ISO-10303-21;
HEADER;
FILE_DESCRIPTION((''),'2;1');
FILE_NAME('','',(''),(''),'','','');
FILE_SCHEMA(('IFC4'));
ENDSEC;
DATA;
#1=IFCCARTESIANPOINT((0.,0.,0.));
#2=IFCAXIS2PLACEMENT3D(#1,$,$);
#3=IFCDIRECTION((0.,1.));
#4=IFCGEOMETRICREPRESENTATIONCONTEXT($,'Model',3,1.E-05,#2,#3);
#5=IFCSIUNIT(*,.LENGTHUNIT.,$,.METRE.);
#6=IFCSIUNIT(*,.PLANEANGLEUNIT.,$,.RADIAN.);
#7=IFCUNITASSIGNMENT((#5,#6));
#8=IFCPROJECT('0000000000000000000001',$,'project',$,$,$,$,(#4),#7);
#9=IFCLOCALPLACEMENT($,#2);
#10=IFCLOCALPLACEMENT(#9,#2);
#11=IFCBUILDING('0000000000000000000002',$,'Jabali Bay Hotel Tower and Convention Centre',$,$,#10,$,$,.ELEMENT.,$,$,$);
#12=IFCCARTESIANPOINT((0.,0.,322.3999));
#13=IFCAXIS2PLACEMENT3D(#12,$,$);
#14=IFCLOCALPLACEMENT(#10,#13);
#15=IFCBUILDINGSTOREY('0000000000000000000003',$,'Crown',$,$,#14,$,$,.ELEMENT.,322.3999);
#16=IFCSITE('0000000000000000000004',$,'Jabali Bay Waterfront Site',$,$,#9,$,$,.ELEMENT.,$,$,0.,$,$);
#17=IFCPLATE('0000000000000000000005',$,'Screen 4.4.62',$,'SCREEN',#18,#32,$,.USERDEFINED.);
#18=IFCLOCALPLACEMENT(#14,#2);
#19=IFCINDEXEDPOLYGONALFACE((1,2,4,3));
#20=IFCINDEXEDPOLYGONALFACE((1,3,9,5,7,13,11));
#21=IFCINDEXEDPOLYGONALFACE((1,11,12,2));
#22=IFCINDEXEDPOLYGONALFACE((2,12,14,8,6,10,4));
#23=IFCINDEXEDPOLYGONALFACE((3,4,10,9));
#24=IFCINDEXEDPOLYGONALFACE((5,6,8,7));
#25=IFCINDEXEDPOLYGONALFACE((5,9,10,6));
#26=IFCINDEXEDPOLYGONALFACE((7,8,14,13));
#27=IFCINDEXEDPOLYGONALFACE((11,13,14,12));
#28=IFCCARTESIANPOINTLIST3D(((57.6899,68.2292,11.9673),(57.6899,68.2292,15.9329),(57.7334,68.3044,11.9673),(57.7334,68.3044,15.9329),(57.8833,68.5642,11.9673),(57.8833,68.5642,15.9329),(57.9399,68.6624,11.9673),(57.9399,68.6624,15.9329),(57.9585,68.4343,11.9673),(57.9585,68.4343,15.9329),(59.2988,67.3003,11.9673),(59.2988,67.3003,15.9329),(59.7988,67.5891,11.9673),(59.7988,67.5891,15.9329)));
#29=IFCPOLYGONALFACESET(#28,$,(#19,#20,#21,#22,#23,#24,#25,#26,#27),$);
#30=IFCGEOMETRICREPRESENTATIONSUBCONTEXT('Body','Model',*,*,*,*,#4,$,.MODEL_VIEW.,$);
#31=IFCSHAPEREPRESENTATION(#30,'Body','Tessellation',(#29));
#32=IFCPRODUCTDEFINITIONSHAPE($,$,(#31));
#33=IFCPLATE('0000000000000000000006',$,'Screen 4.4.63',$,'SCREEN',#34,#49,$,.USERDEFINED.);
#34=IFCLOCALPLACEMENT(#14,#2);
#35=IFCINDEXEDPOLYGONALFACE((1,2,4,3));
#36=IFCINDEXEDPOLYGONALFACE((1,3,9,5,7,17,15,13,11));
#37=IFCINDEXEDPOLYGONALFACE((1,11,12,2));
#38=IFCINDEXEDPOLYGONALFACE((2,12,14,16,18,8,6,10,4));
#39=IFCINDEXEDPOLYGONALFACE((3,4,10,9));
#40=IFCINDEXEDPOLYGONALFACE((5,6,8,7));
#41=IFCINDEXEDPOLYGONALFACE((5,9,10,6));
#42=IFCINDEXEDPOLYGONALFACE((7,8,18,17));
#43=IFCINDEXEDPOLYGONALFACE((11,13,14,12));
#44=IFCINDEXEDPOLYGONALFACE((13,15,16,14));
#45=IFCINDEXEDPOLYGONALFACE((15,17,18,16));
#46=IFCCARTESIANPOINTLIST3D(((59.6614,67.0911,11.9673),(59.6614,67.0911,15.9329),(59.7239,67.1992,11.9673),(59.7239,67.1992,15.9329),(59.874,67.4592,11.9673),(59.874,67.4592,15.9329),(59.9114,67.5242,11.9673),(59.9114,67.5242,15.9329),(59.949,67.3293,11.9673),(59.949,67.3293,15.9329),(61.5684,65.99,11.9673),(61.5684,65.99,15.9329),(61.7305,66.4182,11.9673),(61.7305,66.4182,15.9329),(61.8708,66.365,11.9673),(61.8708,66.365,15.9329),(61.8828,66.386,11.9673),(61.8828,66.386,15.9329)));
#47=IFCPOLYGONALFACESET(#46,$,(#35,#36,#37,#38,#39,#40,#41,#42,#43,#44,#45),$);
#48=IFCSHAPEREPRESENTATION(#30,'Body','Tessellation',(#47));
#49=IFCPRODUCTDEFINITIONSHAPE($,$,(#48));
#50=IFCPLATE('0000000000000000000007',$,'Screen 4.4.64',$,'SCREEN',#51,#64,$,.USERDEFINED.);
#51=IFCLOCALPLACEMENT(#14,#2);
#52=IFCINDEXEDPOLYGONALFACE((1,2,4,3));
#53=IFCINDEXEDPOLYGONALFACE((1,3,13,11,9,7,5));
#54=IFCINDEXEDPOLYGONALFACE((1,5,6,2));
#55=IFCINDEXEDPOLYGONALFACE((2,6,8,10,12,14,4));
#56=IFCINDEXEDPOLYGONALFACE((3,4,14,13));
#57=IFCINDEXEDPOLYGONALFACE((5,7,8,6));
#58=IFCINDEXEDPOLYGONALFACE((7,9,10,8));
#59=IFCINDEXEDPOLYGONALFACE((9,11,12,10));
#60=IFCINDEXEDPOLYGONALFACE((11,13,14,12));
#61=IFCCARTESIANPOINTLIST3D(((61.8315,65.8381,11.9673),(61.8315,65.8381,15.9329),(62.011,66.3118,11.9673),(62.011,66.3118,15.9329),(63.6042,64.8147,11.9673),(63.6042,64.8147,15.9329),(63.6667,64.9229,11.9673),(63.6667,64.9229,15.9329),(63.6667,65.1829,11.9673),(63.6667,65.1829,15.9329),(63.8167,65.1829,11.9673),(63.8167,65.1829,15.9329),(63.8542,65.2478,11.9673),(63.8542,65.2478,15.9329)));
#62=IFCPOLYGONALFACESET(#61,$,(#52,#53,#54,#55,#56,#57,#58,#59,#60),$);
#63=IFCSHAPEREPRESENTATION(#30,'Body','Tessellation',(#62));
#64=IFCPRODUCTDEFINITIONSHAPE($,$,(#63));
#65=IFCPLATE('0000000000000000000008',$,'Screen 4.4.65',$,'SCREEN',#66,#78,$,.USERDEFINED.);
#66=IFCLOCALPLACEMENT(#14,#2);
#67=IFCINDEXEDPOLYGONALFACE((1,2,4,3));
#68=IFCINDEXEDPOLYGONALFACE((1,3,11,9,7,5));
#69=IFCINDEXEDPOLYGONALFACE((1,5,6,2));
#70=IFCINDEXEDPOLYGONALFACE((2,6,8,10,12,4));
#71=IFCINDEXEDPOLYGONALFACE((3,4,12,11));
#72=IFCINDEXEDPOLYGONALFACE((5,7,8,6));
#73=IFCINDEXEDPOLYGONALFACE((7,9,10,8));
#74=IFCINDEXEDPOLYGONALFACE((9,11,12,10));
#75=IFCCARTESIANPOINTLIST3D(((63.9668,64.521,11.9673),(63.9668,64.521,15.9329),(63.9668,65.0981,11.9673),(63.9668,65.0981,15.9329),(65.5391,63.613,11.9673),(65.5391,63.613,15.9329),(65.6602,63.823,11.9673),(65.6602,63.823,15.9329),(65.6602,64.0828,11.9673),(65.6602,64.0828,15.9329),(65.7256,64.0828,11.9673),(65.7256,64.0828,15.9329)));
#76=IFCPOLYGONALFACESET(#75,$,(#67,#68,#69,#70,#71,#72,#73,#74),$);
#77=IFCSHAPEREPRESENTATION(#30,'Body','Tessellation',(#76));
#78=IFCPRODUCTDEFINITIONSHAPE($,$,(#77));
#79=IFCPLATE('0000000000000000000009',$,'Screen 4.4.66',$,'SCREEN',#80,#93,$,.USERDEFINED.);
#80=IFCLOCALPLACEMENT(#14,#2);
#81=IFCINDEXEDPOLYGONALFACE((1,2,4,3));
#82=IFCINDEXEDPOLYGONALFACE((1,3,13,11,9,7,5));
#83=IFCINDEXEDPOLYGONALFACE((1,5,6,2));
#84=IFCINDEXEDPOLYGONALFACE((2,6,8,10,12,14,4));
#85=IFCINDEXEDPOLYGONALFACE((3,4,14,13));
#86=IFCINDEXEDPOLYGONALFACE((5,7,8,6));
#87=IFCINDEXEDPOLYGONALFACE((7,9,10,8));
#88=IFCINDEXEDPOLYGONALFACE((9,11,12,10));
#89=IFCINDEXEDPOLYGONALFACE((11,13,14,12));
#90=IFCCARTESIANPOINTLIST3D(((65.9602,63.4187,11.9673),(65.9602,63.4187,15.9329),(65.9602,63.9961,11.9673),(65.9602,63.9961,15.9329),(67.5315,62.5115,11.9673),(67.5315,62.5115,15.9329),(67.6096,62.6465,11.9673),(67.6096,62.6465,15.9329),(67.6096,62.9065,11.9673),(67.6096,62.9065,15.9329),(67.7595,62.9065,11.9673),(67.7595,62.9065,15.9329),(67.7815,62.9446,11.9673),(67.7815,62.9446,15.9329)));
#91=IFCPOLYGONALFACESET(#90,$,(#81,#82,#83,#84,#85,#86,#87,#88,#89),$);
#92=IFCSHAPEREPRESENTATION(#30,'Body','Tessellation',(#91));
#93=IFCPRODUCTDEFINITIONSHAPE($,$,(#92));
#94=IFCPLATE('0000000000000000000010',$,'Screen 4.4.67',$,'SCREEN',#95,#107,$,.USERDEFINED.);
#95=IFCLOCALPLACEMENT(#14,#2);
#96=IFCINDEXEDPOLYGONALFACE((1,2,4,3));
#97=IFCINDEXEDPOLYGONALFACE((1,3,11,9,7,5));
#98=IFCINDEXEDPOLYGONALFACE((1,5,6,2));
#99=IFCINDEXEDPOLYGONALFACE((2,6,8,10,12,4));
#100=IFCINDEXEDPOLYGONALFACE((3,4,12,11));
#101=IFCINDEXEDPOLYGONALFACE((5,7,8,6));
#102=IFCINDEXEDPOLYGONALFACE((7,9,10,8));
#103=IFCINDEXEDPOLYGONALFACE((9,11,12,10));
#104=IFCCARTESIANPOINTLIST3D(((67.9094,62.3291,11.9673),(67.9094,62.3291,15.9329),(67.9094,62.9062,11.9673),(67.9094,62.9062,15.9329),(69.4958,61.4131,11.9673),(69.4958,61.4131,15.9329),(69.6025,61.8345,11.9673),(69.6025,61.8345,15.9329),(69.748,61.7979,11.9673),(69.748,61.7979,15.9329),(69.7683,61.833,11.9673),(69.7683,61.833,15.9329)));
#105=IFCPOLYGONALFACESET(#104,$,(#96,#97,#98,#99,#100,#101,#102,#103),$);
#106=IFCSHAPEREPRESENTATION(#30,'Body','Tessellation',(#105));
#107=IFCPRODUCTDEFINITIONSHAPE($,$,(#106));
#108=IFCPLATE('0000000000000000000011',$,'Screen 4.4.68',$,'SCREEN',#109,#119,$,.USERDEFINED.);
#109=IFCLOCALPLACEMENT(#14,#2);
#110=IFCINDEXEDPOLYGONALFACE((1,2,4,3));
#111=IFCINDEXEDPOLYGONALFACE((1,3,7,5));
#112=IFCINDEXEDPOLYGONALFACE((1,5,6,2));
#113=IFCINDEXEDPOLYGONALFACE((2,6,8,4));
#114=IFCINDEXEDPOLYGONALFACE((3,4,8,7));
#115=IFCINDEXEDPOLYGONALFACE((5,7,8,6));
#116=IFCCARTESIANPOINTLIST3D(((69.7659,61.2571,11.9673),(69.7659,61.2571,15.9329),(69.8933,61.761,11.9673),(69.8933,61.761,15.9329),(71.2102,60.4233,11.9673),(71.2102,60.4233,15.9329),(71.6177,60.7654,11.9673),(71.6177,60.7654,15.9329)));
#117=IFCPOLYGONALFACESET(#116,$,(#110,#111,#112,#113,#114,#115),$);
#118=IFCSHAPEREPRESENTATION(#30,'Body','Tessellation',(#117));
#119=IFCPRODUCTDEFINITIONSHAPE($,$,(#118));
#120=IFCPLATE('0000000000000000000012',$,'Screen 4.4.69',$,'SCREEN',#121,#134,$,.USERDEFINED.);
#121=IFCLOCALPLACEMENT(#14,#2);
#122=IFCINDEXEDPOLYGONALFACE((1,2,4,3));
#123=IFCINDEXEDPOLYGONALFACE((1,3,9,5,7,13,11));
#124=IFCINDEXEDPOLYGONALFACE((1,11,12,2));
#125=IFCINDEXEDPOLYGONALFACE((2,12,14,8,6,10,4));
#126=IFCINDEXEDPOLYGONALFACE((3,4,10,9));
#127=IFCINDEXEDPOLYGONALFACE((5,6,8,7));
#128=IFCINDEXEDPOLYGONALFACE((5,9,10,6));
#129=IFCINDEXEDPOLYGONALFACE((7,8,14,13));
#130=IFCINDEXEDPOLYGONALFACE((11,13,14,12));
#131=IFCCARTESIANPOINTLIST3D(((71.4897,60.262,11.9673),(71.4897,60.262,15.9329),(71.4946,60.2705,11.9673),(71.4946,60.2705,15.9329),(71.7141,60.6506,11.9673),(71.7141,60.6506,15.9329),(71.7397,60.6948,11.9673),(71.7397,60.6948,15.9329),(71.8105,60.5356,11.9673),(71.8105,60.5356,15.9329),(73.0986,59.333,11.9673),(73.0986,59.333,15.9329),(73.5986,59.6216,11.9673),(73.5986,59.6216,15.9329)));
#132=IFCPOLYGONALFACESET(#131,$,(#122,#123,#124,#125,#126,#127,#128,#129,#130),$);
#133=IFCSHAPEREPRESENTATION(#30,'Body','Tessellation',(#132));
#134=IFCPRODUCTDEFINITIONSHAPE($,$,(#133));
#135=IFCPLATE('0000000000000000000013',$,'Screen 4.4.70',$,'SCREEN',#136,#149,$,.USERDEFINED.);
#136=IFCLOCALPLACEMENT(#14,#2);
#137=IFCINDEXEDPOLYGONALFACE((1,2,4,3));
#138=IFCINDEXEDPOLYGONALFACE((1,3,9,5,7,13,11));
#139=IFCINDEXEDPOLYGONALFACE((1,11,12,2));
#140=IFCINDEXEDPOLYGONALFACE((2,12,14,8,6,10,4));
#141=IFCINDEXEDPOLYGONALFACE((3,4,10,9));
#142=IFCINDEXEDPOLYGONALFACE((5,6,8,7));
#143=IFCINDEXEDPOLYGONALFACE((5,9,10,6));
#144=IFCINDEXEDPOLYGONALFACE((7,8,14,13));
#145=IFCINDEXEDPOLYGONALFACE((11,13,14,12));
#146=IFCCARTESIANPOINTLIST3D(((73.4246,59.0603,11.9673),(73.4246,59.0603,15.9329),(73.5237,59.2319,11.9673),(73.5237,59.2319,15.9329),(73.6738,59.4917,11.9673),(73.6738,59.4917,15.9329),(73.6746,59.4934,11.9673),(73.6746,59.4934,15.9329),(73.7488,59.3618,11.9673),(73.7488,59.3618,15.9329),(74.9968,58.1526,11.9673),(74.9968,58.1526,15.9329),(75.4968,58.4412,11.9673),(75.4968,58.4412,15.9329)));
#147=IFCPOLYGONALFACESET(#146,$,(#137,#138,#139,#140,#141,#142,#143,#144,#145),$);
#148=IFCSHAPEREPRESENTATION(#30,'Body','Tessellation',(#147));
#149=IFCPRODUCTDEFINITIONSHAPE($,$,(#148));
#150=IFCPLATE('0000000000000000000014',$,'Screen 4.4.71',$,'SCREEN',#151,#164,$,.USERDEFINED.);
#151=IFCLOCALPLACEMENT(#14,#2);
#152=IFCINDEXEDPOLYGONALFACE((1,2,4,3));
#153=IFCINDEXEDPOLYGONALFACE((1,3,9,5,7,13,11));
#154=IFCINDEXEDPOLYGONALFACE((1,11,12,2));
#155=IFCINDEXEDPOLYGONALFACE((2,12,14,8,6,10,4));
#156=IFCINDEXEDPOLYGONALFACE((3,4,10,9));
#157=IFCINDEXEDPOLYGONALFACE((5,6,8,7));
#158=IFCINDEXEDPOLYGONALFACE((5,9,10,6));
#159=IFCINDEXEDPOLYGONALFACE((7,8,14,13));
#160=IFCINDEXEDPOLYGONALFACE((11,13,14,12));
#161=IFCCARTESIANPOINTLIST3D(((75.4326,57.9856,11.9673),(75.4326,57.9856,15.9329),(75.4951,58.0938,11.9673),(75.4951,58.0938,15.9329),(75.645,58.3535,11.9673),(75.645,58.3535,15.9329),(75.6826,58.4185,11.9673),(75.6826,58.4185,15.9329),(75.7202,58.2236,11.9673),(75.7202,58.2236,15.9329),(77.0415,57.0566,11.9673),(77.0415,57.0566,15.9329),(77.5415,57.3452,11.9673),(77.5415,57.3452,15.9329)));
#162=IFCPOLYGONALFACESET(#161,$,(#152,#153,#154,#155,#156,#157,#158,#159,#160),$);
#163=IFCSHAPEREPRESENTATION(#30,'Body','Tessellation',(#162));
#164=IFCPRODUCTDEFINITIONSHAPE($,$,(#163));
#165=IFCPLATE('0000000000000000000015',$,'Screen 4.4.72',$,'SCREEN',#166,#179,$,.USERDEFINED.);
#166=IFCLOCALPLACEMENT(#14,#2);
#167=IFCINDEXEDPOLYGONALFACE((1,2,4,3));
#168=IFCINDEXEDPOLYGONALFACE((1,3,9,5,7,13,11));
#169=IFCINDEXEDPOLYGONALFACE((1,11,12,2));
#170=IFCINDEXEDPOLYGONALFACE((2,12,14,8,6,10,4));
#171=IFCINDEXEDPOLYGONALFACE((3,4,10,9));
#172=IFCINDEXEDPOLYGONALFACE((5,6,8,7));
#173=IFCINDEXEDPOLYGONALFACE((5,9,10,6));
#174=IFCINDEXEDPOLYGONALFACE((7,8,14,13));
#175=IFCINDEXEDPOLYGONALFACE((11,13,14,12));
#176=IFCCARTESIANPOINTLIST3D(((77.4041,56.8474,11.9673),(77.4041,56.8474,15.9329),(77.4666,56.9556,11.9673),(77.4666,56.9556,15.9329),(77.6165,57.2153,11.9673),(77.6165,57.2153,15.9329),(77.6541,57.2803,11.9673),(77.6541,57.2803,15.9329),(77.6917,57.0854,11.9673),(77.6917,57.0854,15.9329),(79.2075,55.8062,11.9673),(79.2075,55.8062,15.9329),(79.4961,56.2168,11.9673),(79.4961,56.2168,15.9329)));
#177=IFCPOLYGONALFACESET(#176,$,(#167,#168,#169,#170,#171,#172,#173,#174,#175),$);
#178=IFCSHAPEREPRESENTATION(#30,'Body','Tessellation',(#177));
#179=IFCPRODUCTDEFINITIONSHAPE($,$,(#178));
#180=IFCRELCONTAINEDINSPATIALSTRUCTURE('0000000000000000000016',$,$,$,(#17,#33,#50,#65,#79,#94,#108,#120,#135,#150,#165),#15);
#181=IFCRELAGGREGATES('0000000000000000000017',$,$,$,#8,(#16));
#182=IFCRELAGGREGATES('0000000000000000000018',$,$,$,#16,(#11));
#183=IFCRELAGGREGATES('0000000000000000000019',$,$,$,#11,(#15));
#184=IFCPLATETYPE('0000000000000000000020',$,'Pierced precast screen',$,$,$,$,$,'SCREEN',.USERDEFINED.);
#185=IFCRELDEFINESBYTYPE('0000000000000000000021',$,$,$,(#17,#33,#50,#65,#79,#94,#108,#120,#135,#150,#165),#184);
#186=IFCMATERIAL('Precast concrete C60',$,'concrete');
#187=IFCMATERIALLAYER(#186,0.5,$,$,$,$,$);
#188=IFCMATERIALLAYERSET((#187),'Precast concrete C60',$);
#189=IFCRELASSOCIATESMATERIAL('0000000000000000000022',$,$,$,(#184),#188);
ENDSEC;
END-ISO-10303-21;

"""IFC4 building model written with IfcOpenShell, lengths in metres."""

from ifc_helpers import new_model, si_unit, direction, frame, origin, place, context, subcontext, project, spatial, polyline, outline, extrude, material, layer, layer_set, type_object, element, save


model = new_model("IFC4")

# Units and contexts
model_context = context("Model", 3, precision=1e-05, world=origin(), true_north=direction((0.0, 1.0)))
body_context = subcontext(model_context, "Body", "Model", "MODEL_VIEW")
ifc_project = project(units=[si_unit("LENGTHUNIT", "METRE"), si_unit("PLANEANGLEUNIT", "RADIAN")], contexts=[model_context])

# Site, building, storey
site_placement = place(None, origin())
site = spatial("IfcSite", under=ifc_project, at=site_placement, Name="Jabali Bay Waterfront Site", CompositionType="ELEMENT", RefElevation=0.0)
building_placement = place(site_placement, origin())
building = spatial("IfcBuilding", under=site, at=building_placement, Name="Jabali Bay Hotel Tower and Convention Centre", CompositionType="ELEMENT")
storey_placement = place(building_placement, frame((0.0, 0.0, 322.3999)))
storey = spatial("IfcBuildingStorey", under=building, at=storey_placement, Name="Crown", CompositionType="ELEMENT", Elevation=322.3999)

# Plates
ifc_material = material(Name="Precast concrete C60", Category="concrete")
ifc_layer = layer(ifc_material, 0.5)
ifc_layer_set = layer_set([ifc_layer], Name="Precast concrete C60")
plate_type = type_object("IfcPlateType", Name="Pierced precast screen", ElementType="SCREEN", PredefinedType="USERDEFINED", material=ifc_layer_set)
plate_1_placement = place(storey_placement, frame((0.0, 0.0, 11.9673)))
element("IfcPlate", 1, at=plate_1_placement, inside=storey, type_object=plate_type, Name="Screen 4.4.62", ObjectType="SCREEN", PredefinedType="USERDEFINED", context=body_context, shape_type="SweptSolid", body=[
    extrude(outline(polyline([(59.7988, 67.5891), (57.9399, 68.6624), (57.8833, 68.5642), (57.9585, 68.4343), (57.7334, 68.3044), (57.6899, 68.2292), (59.2988, 67.3003), (59.7988, 67.5891)])), origin(), (0.0, 0.0, 1.0), 3.9656),
])
plate_2_placement = place(storey_placement, frame((0.0, 0.0, 11.9673)))
element("IfcPlate", 2, at=plate_2_placement, inside=storey, type_object=plate_type, Name="Screen 4.4.63", ObjectType="SCREEN", PredefinedType="USERDEFINED", context=body_context, shape_type="SweptSolid", body=[
    extrude(outline(polyline([(61.8828, 66.386), (59.9114, 67.5242), (59.874, 67.4592), (59.949, 67.3293), (59.7239, 67.1992), (59.6614, 67.0911), (61.5684, 65.99), (61.7305, 66.4182), (61.8708, 66.365), (61.8828, 66.386)])), origin(), (0.0, 0.0, 1.0), 3.9656),
])
plate_3_placement = place(storey_placement, frame((0.0, 0.0, 11.9673)))
element("IfcPlate", 3, at=plate_3_placement, inside=storey, type_object=plate_type, Name="Screen 4.4.64", ObjectType="SCREEN", PredefinedType="USERDEFINED", context=body_context, shape_type="SweptSolid", body=[
    extrude(outline(polyline([(63.8542, 65.2478), (62.011, 66.3118), (61.8315, 65.8381), (63.6042, 64.8147), (63.6667, 64.9229), (63.6667, 65.1829), (63.8167, 65.1829), (63.8542, 65.2478)])), origin(), (0.0, 0.0, 1.0), 3.9656),
])
plate_4_placement = place(storey_placement, frame((0.0, 0.0, 11.9673)))
element("IfcPlate", 4, at=plate_4_placement, inside=storey, type_object=plate_type, Name="Screen 4.4.65", ObjectType="SCREEN", PredefinedType="USERDEFINED", context=body_context, shape_type="SweptSolid", body=[
    extrude(outline(polyline([(65.7256, 64.0828), (63.9668, 65.0981), (63.9668, 64.521), (65.5391, 63.613), (65.6602, 63.823), (65.6602, 64.0828), (65.7256, 64.0828)])), origin(), (0.0, 0.0, 1.0), 3.9656),
])
plate_5_placement = place(storey_placement, frame((0.0, 0.0, 11.9673)))
element("IfcPlate", 5, at=plate_5_placement, inside=storey, type_object=plate_type, Name="Screen 4.4.66", ObjectType="SCREEN", PredefinedType="USERDEFINED", context=body_context, shape_type="SweptSolid", body=[
    extrude(outline(polyline([(67.7815, 62.9446), (65.9602, 63.9961), (65.9602, 63.4187), (67.5315, 62.5115), (67.6096, 62.6465), (67.6096, 62.9065), (67.7595, 62.9065), (67.7815, 62.9446)])), origin(), (0.0, 0.0, 1.0), 3.9656),
])
plate_6_placement = place(storey_placement, frame((0.0, 0.0, 11.9673)))
element("IfcPlate", 6, at=plate_6_placement, inside=storey, type_object=plate_type, Name="Screen 4.4.67", ObjectType="SCREEN", PredefinedType="USERDEFINED", context=body_context, shape_type="SweptSolid", body=[
    extrude(outline(polyline([(69.7683, 61.833), (67.9094, 62.9062), (67.9094, 62.3291), (69.4958, 61.4131), (69.6025, 61.8345), (69.748, 61.7979), (69.7683, 61.833)])), origin(), (0.0, 0.0, 1.0), 3.9656),
])
plate_7_placement = place(storey_placement, frame((0.0, 0.0, 11.9673)))
element("IfcPlate", 7, at=plate_7_placement, inside=storey, type_object=plate_type, Name="Screen 4.4.68", ObjectType="SCREEN", PredefinedType="USERDEFINED", context=body_context, shape_type="SweptSolid", body=[
    extrude(outline(polyline([(71.6177, 60.7654), (69.8933, 61.761), (69.7659, 61.2571), (71.2102, 60.4233), (71.6177, 60.7654)])), origin(), (0.0, 0.0, 1.0), 3.9656),
])
plate_8_placement = place(storey_placement, frame((0.0, 0.0, 11.9673)))
element("IfcPlate", 8, at=plate_8_placement, inside=storey, type_object=plate_type, Name="Screen 4.4.69", ObjectType="SCREEN", PredefinedType="USERDEFINED", context=body_context, shape_type="SweptSolid", body=[
    extrude(outline(polyline([(73.5986, 59.6216), (71.7397, 60.6948), (71.7141, 60.6506), (71.8105, 60.5356), (71.4946, 60.2705), (71.4897, 60.262), (73.0986, 59.333), (73.5986, 59.6216)])), origin(), (0.0, 0.0, 1.0), 3.9656),
])
plate_9_placement = place(storey_placement, frame((0.0, 0.0, 11.9673)))
element("IfcPlate", 9, at=plate_9_placement, inside=storey, type_object=plate_type, Name="Screen 4.4.70", ObjectType="SCREEN", PredefinedType="USERDEFINED", context=body_context, shape_type="SweptSolid", body=[
    extrude(outline(polyline([(75.4968, 58.4412), (73.6746, 59.4934), (73.6738, 59.4917), (73.7488, 59.3618), (73.5237, 59.2319), (73.4246, 59.0603), (74.9968, 58.1526), (75.4968, 58.4412)])), origin(), (0.0, 0.0, 1.0), 3.9656),
])
plate_10_placement = place(storey_placement, frame((0.0, 0.0, 11.9673)))
element("IfcPlate", 10, at=plate_10_placement, inside=storey, type_object=plate_type, Name="Screen 4.4.71", ObjectType="SCREEN", PredefinedType="USERDEFINED", context=body_context, shape_type="SweptSolid", body=[
    extrude(outline(polyline([(77.5415, 57.3452), (75.6826, 58.4185), (75.645, 58.3535), (75.7202, 58.2236), (75.4951, 58.0938), (75.4326, 57.9856), (77.0415, 57.0566), (77.5415, 57.3452)])), origin(), (0.0, 0.0, 1.0), 3.9656),
])
plate_11_placement = place(storey_placement, frame((0.0, 0.0, 11.9673)))
element("IfcPlate", 11, at=plate_11_placement, inside=storey, type_object=plate_type, Name="Screen 4.4.72", ObjectType="SCREEN", PredefinedType="USERDEFINED", context=body_context, shape_type="SweptSolid", body=[
    extrude(outline(polyline([(79.4961, 56.2168), (77.6541, 57.2803), (77.6165, 57.2153), (77.6917, 57.0854), (77.4666, 56.9556), (77.4041, 56.8474), (79.2075, 55.8062), (79.4961, 56.2168)])), origin(), (0.0, 0.0, 1.0), 3.9656),
])

save(model, "model.ifc")
